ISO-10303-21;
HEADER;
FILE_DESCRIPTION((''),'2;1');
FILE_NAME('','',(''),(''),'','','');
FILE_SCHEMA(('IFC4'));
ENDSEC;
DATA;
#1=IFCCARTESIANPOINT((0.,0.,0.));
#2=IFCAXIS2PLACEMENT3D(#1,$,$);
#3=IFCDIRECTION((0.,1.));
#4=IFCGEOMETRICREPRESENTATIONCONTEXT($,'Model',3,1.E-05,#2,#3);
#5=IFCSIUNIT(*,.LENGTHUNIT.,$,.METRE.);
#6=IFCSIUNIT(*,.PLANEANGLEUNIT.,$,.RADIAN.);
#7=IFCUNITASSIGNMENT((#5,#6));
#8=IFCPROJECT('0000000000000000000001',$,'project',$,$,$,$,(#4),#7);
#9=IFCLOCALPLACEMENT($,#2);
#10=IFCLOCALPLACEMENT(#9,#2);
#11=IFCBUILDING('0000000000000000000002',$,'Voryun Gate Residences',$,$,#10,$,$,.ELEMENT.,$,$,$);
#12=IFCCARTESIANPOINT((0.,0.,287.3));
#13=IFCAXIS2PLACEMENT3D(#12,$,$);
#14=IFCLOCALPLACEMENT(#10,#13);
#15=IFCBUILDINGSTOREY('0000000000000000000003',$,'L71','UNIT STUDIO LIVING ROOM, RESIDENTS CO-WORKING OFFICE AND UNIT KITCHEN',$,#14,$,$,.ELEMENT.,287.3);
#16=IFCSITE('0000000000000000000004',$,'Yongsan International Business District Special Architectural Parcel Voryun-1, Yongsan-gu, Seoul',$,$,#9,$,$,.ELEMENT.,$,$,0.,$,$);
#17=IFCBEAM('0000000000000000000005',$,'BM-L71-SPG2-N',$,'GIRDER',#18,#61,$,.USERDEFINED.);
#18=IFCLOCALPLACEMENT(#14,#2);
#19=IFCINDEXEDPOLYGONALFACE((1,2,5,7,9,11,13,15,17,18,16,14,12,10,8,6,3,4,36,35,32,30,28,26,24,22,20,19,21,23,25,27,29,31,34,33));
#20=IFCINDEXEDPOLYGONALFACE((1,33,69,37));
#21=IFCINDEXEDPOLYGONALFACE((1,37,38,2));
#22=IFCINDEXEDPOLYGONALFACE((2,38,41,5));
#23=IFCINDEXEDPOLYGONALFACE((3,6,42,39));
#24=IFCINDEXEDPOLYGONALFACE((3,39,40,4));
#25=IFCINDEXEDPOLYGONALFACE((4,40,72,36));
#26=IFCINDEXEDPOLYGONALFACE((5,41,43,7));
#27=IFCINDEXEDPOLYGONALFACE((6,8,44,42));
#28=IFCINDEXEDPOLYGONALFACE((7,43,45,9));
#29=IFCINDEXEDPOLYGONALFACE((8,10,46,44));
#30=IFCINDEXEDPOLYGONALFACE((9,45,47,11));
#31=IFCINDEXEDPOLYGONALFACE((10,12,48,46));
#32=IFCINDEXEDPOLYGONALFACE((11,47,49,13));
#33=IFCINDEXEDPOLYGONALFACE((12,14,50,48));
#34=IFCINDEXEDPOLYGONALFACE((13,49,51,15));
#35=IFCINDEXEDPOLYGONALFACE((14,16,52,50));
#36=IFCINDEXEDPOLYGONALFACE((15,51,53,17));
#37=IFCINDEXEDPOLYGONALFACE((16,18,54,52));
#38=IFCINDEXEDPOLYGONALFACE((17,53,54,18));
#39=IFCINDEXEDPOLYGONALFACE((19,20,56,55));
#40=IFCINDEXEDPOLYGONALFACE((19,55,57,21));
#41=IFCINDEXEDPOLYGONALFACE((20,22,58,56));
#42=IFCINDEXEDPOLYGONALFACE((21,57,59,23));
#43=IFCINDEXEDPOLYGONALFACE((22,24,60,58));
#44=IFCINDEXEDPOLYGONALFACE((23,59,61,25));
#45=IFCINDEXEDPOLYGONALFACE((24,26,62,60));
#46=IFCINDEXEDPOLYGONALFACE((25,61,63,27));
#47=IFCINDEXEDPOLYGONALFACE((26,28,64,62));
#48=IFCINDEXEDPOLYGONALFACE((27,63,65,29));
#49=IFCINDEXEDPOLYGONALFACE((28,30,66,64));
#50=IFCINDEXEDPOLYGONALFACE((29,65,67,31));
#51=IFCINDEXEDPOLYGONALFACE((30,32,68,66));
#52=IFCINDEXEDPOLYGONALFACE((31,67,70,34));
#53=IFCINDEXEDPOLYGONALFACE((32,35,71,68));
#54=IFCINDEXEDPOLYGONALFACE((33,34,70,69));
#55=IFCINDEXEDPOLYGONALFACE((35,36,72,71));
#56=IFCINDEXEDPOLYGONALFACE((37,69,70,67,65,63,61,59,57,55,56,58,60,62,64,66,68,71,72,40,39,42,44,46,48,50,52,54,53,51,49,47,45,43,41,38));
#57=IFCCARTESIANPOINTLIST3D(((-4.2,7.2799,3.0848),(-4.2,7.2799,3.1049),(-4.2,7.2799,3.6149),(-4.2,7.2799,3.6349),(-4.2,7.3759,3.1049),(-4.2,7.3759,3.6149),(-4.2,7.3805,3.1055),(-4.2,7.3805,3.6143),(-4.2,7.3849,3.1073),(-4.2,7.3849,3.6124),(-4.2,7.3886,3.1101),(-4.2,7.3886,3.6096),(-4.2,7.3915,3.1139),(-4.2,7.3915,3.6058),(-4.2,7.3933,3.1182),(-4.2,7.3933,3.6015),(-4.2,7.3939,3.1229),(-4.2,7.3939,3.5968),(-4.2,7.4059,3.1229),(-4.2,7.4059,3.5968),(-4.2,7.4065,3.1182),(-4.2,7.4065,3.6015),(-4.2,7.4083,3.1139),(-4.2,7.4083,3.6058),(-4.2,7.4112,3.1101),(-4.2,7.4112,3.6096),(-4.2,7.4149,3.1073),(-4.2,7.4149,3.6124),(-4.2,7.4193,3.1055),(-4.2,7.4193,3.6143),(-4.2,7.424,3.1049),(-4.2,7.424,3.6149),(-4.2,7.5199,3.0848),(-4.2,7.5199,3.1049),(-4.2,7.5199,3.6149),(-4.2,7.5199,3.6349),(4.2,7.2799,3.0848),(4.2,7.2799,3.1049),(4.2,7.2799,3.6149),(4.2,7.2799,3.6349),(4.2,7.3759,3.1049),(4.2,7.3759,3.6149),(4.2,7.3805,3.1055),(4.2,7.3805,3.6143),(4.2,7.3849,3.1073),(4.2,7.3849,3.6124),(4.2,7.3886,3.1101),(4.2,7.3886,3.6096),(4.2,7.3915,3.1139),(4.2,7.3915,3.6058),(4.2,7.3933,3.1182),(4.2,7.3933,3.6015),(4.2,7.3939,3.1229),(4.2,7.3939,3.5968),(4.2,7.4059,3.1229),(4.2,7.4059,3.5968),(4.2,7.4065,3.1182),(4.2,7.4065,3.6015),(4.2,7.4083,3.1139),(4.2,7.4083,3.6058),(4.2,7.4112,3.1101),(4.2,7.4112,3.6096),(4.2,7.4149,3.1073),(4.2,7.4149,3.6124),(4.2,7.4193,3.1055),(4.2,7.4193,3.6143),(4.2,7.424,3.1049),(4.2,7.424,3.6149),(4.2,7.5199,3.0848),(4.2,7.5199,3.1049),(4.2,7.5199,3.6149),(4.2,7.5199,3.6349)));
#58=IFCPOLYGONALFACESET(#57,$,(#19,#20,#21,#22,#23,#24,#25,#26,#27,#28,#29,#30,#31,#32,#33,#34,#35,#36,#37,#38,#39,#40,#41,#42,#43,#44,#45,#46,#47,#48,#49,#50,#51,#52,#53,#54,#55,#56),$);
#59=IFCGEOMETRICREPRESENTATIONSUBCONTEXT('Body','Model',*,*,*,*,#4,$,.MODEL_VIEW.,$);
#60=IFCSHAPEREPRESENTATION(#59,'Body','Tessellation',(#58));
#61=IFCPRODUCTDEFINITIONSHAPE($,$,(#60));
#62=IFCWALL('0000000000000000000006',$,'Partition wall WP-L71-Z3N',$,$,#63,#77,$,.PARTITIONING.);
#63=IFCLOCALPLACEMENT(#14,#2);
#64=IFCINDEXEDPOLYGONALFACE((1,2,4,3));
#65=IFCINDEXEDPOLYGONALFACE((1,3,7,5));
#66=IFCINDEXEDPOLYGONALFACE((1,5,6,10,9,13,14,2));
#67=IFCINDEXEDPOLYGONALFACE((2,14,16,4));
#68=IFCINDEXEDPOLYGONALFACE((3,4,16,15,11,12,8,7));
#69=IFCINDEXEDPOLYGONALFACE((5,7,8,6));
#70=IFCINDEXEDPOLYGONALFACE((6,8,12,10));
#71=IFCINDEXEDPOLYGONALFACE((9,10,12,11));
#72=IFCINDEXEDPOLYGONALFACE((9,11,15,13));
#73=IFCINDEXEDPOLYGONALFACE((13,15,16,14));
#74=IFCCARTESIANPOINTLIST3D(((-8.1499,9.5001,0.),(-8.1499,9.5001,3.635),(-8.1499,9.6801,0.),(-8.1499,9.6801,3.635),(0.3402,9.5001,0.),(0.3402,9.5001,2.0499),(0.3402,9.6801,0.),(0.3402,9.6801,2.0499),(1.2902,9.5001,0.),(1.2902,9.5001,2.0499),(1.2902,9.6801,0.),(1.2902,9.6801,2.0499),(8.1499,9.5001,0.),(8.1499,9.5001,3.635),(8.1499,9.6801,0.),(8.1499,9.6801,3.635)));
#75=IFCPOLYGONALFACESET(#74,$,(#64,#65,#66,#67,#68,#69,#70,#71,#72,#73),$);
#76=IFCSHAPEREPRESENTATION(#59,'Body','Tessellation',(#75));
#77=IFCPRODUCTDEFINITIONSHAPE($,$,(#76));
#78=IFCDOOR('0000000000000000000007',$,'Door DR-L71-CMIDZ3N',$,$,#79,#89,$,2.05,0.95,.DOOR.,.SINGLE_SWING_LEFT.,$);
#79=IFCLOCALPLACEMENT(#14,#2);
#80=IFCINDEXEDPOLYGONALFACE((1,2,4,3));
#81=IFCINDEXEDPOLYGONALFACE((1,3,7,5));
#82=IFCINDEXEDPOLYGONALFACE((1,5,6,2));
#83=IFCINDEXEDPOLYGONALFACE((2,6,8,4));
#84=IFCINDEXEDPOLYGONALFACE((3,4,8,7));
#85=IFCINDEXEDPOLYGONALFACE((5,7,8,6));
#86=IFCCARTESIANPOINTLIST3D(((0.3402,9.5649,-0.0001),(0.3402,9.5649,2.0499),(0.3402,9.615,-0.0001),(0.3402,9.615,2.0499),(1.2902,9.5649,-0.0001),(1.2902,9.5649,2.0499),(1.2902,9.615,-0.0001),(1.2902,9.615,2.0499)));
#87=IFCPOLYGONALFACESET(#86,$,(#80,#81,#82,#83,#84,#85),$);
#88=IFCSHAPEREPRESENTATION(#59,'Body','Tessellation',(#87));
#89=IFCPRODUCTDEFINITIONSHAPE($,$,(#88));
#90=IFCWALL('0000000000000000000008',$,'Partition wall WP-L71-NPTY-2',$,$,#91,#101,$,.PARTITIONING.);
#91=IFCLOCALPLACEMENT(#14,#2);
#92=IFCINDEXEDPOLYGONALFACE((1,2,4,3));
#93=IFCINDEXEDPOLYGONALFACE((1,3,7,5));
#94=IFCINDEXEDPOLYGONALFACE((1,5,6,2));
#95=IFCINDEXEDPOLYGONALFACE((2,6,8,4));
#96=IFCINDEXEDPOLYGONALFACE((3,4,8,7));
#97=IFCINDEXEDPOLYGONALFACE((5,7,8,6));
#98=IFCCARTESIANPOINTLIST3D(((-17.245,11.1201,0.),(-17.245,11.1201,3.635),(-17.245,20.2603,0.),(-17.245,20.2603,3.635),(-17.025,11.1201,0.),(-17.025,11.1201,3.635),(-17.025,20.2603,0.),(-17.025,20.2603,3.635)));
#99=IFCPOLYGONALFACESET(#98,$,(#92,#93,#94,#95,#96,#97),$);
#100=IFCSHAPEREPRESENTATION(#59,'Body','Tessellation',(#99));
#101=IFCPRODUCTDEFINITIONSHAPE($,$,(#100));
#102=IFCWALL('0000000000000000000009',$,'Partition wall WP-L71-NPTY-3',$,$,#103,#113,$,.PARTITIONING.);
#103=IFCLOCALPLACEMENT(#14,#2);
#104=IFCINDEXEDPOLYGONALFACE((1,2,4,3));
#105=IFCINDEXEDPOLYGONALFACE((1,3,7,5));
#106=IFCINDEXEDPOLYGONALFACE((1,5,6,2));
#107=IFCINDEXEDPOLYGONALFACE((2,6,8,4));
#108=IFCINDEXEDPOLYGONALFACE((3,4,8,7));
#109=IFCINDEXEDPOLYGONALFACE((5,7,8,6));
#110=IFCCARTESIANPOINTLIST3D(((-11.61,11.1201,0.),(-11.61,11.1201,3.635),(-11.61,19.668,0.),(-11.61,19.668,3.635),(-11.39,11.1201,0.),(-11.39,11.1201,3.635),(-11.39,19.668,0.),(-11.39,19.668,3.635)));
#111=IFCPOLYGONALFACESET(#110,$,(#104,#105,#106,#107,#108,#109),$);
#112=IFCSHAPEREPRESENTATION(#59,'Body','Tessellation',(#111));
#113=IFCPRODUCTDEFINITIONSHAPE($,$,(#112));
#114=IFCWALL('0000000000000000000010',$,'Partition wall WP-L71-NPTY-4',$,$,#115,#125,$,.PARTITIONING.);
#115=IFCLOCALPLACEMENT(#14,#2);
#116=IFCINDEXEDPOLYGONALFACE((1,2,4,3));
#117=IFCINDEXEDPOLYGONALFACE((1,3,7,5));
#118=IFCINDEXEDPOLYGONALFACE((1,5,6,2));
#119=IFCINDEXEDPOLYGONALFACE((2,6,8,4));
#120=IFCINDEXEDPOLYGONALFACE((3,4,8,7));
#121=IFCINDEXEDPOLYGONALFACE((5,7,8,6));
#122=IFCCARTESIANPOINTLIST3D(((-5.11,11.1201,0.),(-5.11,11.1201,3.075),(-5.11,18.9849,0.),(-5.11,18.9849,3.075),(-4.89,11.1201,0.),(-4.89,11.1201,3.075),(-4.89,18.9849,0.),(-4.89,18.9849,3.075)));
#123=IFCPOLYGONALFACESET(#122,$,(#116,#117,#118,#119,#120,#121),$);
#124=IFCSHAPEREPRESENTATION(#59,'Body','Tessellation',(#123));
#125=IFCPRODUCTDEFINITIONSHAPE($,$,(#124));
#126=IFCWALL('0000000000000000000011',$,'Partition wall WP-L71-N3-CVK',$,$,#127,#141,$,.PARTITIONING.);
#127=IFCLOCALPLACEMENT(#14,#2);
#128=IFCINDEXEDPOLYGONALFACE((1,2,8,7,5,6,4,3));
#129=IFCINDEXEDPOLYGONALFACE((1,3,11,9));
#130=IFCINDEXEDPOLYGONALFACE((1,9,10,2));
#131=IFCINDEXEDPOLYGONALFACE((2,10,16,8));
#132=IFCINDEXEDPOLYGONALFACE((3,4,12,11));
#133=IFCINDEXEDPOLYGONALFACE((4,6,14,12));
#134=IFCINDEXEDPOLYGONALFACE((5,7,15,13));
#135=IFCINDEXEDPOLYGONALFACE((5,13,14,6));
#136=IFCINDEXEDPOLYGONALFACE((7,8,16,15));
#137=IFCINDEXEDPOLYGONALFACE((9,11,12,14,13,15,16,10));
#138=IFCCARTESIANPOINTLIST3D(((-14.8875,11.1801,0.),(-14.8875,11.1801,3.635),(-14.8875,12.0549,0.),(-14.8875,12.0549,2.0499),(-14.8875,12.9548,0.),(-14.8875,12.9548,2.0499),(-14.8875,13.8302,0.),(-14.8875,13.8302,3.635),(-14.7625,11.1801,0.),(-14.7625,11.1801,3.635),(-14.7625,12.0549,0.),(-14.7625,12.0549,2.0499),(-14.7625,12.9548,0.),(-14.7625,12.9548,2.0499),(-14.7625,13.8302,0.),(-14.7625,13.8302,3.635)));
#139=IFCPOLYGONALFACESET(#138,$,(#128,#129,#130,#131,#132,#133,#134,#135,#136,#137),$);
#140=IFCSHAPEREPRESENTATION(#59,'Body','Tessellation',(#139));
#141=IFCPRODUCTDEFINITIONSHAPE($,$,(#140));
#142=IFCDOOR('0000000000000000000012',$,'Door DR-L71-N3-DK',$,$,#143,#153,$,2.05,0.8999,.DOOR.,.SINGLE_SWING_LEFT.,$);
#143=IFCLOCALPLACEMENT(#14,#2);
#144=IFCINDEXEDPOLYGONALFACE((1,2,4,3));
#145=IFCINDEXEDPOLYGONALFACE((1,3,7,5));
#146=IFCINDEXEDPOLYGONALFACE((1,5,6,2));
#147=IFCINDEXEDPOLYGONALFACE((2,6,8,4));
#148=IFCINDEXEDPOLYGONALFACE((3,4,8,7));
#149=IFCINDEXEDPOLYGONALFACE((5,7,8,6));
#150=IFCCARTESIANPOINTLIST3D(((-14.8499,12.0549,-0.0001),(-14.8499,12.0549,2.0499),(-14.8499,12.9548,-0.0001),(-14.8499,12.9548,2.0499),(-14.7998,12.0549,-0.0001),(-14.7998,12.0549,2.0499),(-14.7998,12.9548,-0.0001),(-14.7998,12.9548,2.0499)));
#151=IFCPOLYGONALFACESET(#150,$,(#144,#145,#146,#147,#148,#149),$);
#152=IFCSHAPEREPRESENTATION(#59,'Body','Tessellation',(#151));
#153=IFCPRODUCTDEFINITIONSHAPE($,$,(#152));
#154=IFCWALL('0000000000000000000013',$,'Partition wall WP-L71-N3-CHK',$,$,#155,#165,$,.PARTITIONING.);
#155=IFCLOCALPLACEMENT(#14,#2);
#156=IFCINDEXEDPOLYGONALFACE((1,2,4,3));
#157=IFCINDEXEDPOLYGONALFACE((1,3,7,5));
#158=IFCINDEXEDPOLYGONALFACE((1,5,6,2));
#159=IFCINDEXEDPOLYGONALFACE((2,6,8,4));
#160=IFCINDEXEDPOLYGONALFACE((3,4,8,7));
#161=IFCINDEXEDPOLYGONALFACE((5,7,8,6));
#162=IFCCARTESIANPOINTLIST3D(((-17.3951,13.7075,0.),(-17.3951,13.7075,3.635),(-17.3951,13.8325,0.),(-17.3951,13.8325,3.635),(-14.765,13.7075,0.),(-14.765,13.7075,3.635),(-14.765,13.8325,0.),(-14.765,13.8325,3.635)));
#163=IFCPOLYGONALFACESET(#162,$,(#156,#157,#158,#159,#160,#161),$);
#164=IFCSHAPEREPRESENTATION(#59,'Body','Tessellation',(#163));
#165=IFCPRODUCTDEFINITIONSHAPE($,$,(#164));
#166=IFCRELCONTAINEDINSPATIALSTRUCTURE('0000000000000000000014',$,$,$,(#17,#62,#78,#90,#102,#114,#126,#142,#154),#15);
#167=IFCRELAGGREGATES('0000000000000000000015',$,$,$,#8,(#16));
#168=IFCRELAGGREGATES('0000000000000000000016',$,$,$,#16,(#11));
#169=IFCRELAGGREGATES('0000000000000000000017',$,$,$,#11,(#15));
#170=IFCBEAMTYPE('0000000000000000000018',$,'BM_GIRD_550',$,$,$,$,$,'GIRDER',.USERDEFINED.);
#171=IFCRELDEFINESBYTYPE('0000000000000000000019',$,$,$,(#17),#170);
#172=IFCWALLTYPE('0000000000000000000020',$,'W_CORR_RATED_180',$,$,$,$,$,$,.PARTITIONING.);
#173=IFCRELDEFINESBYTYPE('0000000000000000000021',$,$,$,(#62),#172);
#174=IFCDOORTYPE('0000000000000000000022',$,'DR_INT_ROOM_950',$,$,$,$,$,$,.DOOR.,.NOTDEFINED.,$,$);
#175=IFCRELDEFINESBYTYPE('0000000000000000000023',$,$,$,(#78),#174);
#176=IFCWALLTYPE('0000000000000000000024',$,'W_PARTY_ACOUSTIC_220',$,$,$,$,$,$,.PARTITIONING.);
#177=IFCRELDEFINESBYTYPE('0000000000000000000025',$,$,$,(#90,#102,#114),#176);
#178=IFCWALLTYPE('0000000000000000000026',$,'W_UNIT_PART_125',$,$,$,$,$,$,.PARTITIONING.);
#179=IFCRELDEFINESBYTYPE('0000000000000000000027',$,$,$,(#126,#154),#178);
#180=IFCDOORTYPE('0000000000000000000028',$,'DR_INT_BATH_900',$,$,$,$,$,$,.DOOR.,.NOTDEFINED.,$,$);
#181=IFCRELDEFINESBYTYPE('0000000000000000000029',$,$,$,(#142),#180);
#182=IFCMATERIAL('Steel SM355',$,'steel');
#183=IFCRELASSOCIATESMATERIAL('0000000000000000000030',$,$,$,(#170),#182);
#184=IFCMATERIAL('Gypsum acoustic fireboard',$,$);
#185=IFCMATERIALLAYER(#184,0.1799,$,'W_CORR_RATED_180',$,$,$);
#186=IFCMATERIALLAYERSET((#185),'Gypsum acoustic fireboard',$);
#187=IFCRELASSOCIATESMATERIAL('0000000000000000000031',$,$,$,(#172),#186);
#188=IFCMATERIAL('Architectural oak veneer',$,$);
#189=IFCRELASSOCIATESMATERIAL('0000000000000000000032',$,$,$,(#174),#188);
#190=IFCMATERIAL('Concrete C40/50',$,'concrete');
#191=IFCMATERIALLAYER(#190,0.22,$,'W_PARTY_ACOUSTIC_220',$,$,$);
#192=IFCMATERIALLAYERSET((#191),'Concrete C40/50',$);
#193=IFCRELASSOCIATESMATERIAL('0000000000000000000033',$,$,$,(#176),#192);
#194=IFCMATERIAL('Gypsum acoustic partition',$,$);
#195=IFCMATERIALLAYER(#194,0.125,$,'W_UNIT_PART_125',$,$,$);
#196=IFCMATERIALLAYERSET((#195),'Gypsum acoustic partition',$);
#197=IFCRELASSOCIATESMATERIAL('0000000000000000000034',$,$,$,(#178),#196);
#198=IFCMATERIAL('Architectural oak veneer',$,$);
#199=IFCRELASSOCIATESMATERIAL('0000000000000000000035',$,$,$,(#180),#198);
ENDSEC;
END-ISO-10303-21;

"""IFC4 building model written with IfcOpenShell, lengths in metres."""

from ifc_helpers import new_model, si_unit, direction, frame, frame_2d, origin, origin_2d, place, context, subcontext, project, spatial, rectangle, i_section, extrude, material, layer, layer_set, material_profile, profile_set, type_object, element, fill, save


model = new_model("IFC4")

# Units and contexts
model_context = context("Model", 3, precision=1e-05, world=origin(), true_north=direction((0.0, 1.0)))
body_context = subcontext(model_context, "Body", "Model", "MODEL_VIEW")
ifc_project = project(units=[si_unit("LENGTHUNIT", "METRE"), si_unit("PLANEANGLEUNIT", "RADIAN")], contexts=[model_context])

# Site, building, storey
site_placement = place(None, origin())
site = spatial("IfcSite", under=ifc_project, at=site_placement, Name="Yongsan International Business District Special Architectural Parcel Voryun-1, Yongsan-gu, Seoul", CompositionType="ELEMENT", RefElevation=0.0)
building_placement = place(site_placement, origin())
building = spatial("IfcBuilding", under=site, at=building_placement, Name="Voryun Gate Residences", CompositionType="ELEMENT")
storey_placement = place(building_placement, frame((0.0, 0.0, 287.3)))
storey = spatial("IfcBuildingStorey", under=building, at=storey_placement, Name="L71", Description="UNIT STUDIO LIVING ROOM, RESIDENTS CO-WORKING OFFICE AND UNIT KITCHEN", CompositionType="ELEMENT", Elevation=287.3)

# Beam
ifc_material_1 = material(Name="Steel SM355", Category="steel")
ifc_material_profile_1 = material_profile(ifc_material_1, i_section(OverallWidth=0.24, OverallDepth=0.55, WebThickness=0.012, FlangeThickness=0.02, FilletRadius=0.0181, at=origin_2d()), Name="H-550x240x12x20")
ifc_profile_set_1 = profile_set([ifc_material_profile_1], Name="Steel SM355")
beam_type_1 = type_object("IfcBeamType", Name="BM_GIRD_550", ElementType="GIRDER", PredefinedType="USERDEFINED", material=ifc_profile_set_1)
beam_1_placement = place(storey_placement, frame((-4.2, 7.3999, 3.3599), z_axis=(1.0, 0.0, 0.0), x_axis=(0.0, 1.0, 0.0)))
element("IfcBeam", 1, at=beam_1_placement, inside=storey, type_object=beam_type_1, Name="BM-L71-SPG2-N", ObjectType="GIRDER", PredefinedType="USERDEFINED", context=body_context, shape_type="SweptSolid", body=[
    extrude(i_section(OverallWidth=0.24, OverallDepth=0.55, WebThickness=0.012, FlangeThickness=0.02, FilletRadius=0.0181, at=origin_2d()), origin(), (0.0, 0.0, 1.0), 8.3999),
])

# Wall, opening, door
ifc_material_2 = material(Name="Gypsum acoustic fireboard")
ifc_layer_1 = layer(ifc_material_2, 0.1799, Name="W_CORR_RATED_180")
ifc_layer_set_1 = layer_set([ifc_layer_1], Name="Gypsum acoustic fireboard")
wall_type_1 = type_object("IfcWallType", Name="W_CORR_RATED_180", PredefinedType="PARTITIONING", material=ifc_layer_set_1)
wall_1_placement = place(storey_placement, frame((-8.1499, 9.5901, 0.0), z_axis=(0.0, 0.0, 1.0), x_axis=(1.0, 0.0, 0.0)))
wall_1 = element("IfcWall", 2, at=wall_1_placement, inside=storey, type_object=wall_type_1, Name="Partition wall WP-L71-Z3N", PredefinedType="PARTITIONING", context=body_context, shape_type="SweptSolid", body=[
    extrude(rectangle(XDim=16.2998, YDim=0.1799, at=frame_2d((8.1499, 0.0))), origin(), (0.0, 0.0, 1.0), 3.635),
])
opening_1_placement = place(wall_1_placement, frame((8.49, 0.0, 0.0)))
opening_1 = element("IfcOpeningElement", 3, at=opening_1_placement, cuts=wall_1, PredefinedType="OPENING", context=body_context, shape_type="SweptSolid", body=[
    extrude(rectangle(XDim=0.95, YDim=2.05, at=frame_2d((0.4751, 1.0249))), frame((0.0, 0.0999, 0.0), z_axis=(0.0, -1.0, 0.0), x_axis=(1.0, 0.0, 0.0)), (0.0, 0.0, 1.0), 0.2),
])
ifc_material_3 = material(Name="Architectural oak veneer")
door_type_1 = type_object("IfcDoorType", Name="DR_INT_ROOM_950", OperationType="NOTDEFINED", PredefinedType="DOOR", material=ifc_material_3)
door_1_placement = place(opening_1_placement, origin())
door_1 = element("IfcDoor", 4, at=door_1_placement, inside=storey, type_object=door_type_1, Name="Door DR-L71-CMIDZ3N", OperationType="SINGLE_SWING_LEFT", OverallHeight=2.05, OverallWidth=0.95, PredefinedType="DOOR", context=body_context, shape_type="SweptSolid", body=[
    extrude(rectangle(XDim=0.95, YDim=2.05, at=frame_2d((0.4751, 1.0249))), frame((0.0, 0.0249, 0.0), z_axis=(0.0, -1.0, 0.0), x_axis=(1.0, 0.0, 0.0)), (0.0, 0.0, 1.0), 0.05),
])
fill(opening_1, door_1)

# Walls
ifc_material_4 = material(Name="Concrete C40/50", Category="concrete")
ifc_layer_2 = layer(ifc_material_4, 0.22, Name="W_PARTY_ACOUSTIC_220")
ifc_layer_set_2 = layer_set([ifc_layer_2], Name="Concrete C40/50")
wall_type_2 = type_object("IfcWallType", Name="W_PARTY_ACOUSTIC_220", PredefinedType="PARTITIONING", material=ifc_layer_set_2)
wall_2_placement = place(storey_placement, frame((-17.135, 11.1201, 0.0), z_axis=(0.0, 0.0, 1.0), x_axis=(0.0, 1.0, 0.0)))
element("IfcWall", 5, at=wall_2_placement, inside=storey, type_object=wall_type_2, Name="Partition wall WP-L71-NPTY-2", PredefinedType="PARTITIONING", context=body_context, shape_type="SweptSolid", body=[
    extrude(rectangle(XDim=9.1401, YDim=0.22, at=frame_2d((4.5701, 0.0))), origin(), (0.0, 0.0, 1.0), 3.635),
])
wall_3_placement = place(storey_placement, frame((-11.5, 11.1201, 0.0), z_axis=(0.0, 0.0, 1.0), x_axis=(0.0, 1.0, 0.0)))
element("IfcWall", 6, at=wall_3_placement, inside=storey, type_object=wall_type_2, Name="Partition wall WP-L71-NPTY-3", PredefinedType="PARTITIONING", context=body_context, shape_type="SweptSolid", body=[
    extrude(rectangle(XDim=8.5479, YDim=0.22, at=frame_2d((4.2739, 0.0))), origin(), (0.0, 0.0, 1.0), 3.635),
])
wall_4_placement = place(storey_placement, frame((-5.0, 11.1201, 0.0), z_axis=(0.0, 0.0, 1.0), x_axis=(0.0, 1.0, 0.0)))
element("IfcWall", 7, at=wall_4_placement, inside=storey, type_object=wall_type_2, Name="Partition wall WP-L71-NPTY-4", PredefinedType="PARTITIONING", context=body_context, shape_type="SweptSolid", body=[
    extrude(rectangle(XDim=7.8647, YDim=0.22, at=frame_2d((3.9324, 0.0))), origin(), (0.0, 0.0, 1.0), 3.075),
])

# Wall, opening, door
ifc_material_5 = material(Name="Gypsum acoustic partition")
ifc_layer_3 = layer(ifc_material_5, 0.125, Name="W_UNIT_PART_125")
ifc_layer_set_3 = layer_set([ifc_layer_3], Name="Gypsum acoustic partition")
wall_type_3 = type_object("IfcWallType", Name="W_UNIT_PART_125", PredefinedType="PARTITIONING", material=ifc_layer_set_3)
wall_5_placement = place(storey_placement, frame((-14.825, 11.1799, 0.0), z_axis=(0.0, 0.0, 1.0), x_axis=(0.0, 1.0, 0.0)))
wall_5 = element("IfcWall", 8, at=wall_5_placement, inside=storey, type_object=wall_type_3, Name="Partition wall WP-L71-N3-CVK", PredefinedType="PARTITIONING", context=body_context, shape_type="SweptSolid", body=[
    extrude(rectangle(XDim=2.6501, YDim=0.125, at=frame_2d((1.3252, 0.0))), origin(), (0.0, 0.0, 1.0), 3.635),
])
opening_2_placement = place(wall_5_placement, frame((0.875, 0.0, 0.0)))
opening_2 = element("IfcOpeningElement", 9, at=opening_2_placement, cuts=wall_5, PredefinedType="OPENING", context=body_context, shape_type="SweptSolid", body=[
    extrude(rectangle(XDim=0.8999, YDim=2.05, at=frame_2d((0.45, 1.0249))), frame((0.0, 0.0725, 0.0), z_axis=(0.0, -1.0, 0.0), x_axis=(1.0, 0.0, 0.0)), (0.0, 0.0, 1.0), 0.145),
])
ifc_material_6 = material(Name="Architectural oak veneer")
door_type_2 = type_object("IfcDoorType", Name="DR_INT_BATH_900", OperationType="NOTDEFINED", PredefinedType="DOOR", material=ifc_material_6)
door_2_placement = place(opening_2_placement, origin())
door_2 = element("IfcDoor", 10, at=door_2_placement, inside=storey, type_object=door_type_2, Name="Door DR-L71-N3-DK", OperationType="SINGLE_SWING_LEFT", OverallHeight=2.05, OverallWidth=0.8999, PredefinedType="DOOR", context=body_context, shape_type="SweptSolid", body=[
    extrude(rectangle(XDim=0.8999, YDim=2.05, at=frame_2d((0.45, 1.0249))), frame((0.0, 0.0249, 0.0), z_axis=(0.0, -1.0, 0.0), x_axis=(1.0, 0.0, 0.0)), (0.0, 0.0, 1.0), 0.05),
])
fill(opening_2, door_2)

# Wall
wall_6_placement = place(storey_placement, frame((-17.395, 13.77, 0.0), z_axis=(0.0, 0.0, 1.0), x_axis=(1.0, 0.0, 0.0)))
element("IfcWall", 11, at=wall_6_placement, inside=storey, type_object=wall_type_3, Name="Partition wall WP-L71-N3-CHK", PredefinedType="PARTITIONING", context=body_context, shape_type="SweptSolid", body=[
    extrude(rectangle(XDim=2.6301, YDim=0.125, at=frame_2d((1.3149, 0.0))), origin(), (0.0, 0.0, 1.0), 3.635),
])

save(model, "model.ifc")
